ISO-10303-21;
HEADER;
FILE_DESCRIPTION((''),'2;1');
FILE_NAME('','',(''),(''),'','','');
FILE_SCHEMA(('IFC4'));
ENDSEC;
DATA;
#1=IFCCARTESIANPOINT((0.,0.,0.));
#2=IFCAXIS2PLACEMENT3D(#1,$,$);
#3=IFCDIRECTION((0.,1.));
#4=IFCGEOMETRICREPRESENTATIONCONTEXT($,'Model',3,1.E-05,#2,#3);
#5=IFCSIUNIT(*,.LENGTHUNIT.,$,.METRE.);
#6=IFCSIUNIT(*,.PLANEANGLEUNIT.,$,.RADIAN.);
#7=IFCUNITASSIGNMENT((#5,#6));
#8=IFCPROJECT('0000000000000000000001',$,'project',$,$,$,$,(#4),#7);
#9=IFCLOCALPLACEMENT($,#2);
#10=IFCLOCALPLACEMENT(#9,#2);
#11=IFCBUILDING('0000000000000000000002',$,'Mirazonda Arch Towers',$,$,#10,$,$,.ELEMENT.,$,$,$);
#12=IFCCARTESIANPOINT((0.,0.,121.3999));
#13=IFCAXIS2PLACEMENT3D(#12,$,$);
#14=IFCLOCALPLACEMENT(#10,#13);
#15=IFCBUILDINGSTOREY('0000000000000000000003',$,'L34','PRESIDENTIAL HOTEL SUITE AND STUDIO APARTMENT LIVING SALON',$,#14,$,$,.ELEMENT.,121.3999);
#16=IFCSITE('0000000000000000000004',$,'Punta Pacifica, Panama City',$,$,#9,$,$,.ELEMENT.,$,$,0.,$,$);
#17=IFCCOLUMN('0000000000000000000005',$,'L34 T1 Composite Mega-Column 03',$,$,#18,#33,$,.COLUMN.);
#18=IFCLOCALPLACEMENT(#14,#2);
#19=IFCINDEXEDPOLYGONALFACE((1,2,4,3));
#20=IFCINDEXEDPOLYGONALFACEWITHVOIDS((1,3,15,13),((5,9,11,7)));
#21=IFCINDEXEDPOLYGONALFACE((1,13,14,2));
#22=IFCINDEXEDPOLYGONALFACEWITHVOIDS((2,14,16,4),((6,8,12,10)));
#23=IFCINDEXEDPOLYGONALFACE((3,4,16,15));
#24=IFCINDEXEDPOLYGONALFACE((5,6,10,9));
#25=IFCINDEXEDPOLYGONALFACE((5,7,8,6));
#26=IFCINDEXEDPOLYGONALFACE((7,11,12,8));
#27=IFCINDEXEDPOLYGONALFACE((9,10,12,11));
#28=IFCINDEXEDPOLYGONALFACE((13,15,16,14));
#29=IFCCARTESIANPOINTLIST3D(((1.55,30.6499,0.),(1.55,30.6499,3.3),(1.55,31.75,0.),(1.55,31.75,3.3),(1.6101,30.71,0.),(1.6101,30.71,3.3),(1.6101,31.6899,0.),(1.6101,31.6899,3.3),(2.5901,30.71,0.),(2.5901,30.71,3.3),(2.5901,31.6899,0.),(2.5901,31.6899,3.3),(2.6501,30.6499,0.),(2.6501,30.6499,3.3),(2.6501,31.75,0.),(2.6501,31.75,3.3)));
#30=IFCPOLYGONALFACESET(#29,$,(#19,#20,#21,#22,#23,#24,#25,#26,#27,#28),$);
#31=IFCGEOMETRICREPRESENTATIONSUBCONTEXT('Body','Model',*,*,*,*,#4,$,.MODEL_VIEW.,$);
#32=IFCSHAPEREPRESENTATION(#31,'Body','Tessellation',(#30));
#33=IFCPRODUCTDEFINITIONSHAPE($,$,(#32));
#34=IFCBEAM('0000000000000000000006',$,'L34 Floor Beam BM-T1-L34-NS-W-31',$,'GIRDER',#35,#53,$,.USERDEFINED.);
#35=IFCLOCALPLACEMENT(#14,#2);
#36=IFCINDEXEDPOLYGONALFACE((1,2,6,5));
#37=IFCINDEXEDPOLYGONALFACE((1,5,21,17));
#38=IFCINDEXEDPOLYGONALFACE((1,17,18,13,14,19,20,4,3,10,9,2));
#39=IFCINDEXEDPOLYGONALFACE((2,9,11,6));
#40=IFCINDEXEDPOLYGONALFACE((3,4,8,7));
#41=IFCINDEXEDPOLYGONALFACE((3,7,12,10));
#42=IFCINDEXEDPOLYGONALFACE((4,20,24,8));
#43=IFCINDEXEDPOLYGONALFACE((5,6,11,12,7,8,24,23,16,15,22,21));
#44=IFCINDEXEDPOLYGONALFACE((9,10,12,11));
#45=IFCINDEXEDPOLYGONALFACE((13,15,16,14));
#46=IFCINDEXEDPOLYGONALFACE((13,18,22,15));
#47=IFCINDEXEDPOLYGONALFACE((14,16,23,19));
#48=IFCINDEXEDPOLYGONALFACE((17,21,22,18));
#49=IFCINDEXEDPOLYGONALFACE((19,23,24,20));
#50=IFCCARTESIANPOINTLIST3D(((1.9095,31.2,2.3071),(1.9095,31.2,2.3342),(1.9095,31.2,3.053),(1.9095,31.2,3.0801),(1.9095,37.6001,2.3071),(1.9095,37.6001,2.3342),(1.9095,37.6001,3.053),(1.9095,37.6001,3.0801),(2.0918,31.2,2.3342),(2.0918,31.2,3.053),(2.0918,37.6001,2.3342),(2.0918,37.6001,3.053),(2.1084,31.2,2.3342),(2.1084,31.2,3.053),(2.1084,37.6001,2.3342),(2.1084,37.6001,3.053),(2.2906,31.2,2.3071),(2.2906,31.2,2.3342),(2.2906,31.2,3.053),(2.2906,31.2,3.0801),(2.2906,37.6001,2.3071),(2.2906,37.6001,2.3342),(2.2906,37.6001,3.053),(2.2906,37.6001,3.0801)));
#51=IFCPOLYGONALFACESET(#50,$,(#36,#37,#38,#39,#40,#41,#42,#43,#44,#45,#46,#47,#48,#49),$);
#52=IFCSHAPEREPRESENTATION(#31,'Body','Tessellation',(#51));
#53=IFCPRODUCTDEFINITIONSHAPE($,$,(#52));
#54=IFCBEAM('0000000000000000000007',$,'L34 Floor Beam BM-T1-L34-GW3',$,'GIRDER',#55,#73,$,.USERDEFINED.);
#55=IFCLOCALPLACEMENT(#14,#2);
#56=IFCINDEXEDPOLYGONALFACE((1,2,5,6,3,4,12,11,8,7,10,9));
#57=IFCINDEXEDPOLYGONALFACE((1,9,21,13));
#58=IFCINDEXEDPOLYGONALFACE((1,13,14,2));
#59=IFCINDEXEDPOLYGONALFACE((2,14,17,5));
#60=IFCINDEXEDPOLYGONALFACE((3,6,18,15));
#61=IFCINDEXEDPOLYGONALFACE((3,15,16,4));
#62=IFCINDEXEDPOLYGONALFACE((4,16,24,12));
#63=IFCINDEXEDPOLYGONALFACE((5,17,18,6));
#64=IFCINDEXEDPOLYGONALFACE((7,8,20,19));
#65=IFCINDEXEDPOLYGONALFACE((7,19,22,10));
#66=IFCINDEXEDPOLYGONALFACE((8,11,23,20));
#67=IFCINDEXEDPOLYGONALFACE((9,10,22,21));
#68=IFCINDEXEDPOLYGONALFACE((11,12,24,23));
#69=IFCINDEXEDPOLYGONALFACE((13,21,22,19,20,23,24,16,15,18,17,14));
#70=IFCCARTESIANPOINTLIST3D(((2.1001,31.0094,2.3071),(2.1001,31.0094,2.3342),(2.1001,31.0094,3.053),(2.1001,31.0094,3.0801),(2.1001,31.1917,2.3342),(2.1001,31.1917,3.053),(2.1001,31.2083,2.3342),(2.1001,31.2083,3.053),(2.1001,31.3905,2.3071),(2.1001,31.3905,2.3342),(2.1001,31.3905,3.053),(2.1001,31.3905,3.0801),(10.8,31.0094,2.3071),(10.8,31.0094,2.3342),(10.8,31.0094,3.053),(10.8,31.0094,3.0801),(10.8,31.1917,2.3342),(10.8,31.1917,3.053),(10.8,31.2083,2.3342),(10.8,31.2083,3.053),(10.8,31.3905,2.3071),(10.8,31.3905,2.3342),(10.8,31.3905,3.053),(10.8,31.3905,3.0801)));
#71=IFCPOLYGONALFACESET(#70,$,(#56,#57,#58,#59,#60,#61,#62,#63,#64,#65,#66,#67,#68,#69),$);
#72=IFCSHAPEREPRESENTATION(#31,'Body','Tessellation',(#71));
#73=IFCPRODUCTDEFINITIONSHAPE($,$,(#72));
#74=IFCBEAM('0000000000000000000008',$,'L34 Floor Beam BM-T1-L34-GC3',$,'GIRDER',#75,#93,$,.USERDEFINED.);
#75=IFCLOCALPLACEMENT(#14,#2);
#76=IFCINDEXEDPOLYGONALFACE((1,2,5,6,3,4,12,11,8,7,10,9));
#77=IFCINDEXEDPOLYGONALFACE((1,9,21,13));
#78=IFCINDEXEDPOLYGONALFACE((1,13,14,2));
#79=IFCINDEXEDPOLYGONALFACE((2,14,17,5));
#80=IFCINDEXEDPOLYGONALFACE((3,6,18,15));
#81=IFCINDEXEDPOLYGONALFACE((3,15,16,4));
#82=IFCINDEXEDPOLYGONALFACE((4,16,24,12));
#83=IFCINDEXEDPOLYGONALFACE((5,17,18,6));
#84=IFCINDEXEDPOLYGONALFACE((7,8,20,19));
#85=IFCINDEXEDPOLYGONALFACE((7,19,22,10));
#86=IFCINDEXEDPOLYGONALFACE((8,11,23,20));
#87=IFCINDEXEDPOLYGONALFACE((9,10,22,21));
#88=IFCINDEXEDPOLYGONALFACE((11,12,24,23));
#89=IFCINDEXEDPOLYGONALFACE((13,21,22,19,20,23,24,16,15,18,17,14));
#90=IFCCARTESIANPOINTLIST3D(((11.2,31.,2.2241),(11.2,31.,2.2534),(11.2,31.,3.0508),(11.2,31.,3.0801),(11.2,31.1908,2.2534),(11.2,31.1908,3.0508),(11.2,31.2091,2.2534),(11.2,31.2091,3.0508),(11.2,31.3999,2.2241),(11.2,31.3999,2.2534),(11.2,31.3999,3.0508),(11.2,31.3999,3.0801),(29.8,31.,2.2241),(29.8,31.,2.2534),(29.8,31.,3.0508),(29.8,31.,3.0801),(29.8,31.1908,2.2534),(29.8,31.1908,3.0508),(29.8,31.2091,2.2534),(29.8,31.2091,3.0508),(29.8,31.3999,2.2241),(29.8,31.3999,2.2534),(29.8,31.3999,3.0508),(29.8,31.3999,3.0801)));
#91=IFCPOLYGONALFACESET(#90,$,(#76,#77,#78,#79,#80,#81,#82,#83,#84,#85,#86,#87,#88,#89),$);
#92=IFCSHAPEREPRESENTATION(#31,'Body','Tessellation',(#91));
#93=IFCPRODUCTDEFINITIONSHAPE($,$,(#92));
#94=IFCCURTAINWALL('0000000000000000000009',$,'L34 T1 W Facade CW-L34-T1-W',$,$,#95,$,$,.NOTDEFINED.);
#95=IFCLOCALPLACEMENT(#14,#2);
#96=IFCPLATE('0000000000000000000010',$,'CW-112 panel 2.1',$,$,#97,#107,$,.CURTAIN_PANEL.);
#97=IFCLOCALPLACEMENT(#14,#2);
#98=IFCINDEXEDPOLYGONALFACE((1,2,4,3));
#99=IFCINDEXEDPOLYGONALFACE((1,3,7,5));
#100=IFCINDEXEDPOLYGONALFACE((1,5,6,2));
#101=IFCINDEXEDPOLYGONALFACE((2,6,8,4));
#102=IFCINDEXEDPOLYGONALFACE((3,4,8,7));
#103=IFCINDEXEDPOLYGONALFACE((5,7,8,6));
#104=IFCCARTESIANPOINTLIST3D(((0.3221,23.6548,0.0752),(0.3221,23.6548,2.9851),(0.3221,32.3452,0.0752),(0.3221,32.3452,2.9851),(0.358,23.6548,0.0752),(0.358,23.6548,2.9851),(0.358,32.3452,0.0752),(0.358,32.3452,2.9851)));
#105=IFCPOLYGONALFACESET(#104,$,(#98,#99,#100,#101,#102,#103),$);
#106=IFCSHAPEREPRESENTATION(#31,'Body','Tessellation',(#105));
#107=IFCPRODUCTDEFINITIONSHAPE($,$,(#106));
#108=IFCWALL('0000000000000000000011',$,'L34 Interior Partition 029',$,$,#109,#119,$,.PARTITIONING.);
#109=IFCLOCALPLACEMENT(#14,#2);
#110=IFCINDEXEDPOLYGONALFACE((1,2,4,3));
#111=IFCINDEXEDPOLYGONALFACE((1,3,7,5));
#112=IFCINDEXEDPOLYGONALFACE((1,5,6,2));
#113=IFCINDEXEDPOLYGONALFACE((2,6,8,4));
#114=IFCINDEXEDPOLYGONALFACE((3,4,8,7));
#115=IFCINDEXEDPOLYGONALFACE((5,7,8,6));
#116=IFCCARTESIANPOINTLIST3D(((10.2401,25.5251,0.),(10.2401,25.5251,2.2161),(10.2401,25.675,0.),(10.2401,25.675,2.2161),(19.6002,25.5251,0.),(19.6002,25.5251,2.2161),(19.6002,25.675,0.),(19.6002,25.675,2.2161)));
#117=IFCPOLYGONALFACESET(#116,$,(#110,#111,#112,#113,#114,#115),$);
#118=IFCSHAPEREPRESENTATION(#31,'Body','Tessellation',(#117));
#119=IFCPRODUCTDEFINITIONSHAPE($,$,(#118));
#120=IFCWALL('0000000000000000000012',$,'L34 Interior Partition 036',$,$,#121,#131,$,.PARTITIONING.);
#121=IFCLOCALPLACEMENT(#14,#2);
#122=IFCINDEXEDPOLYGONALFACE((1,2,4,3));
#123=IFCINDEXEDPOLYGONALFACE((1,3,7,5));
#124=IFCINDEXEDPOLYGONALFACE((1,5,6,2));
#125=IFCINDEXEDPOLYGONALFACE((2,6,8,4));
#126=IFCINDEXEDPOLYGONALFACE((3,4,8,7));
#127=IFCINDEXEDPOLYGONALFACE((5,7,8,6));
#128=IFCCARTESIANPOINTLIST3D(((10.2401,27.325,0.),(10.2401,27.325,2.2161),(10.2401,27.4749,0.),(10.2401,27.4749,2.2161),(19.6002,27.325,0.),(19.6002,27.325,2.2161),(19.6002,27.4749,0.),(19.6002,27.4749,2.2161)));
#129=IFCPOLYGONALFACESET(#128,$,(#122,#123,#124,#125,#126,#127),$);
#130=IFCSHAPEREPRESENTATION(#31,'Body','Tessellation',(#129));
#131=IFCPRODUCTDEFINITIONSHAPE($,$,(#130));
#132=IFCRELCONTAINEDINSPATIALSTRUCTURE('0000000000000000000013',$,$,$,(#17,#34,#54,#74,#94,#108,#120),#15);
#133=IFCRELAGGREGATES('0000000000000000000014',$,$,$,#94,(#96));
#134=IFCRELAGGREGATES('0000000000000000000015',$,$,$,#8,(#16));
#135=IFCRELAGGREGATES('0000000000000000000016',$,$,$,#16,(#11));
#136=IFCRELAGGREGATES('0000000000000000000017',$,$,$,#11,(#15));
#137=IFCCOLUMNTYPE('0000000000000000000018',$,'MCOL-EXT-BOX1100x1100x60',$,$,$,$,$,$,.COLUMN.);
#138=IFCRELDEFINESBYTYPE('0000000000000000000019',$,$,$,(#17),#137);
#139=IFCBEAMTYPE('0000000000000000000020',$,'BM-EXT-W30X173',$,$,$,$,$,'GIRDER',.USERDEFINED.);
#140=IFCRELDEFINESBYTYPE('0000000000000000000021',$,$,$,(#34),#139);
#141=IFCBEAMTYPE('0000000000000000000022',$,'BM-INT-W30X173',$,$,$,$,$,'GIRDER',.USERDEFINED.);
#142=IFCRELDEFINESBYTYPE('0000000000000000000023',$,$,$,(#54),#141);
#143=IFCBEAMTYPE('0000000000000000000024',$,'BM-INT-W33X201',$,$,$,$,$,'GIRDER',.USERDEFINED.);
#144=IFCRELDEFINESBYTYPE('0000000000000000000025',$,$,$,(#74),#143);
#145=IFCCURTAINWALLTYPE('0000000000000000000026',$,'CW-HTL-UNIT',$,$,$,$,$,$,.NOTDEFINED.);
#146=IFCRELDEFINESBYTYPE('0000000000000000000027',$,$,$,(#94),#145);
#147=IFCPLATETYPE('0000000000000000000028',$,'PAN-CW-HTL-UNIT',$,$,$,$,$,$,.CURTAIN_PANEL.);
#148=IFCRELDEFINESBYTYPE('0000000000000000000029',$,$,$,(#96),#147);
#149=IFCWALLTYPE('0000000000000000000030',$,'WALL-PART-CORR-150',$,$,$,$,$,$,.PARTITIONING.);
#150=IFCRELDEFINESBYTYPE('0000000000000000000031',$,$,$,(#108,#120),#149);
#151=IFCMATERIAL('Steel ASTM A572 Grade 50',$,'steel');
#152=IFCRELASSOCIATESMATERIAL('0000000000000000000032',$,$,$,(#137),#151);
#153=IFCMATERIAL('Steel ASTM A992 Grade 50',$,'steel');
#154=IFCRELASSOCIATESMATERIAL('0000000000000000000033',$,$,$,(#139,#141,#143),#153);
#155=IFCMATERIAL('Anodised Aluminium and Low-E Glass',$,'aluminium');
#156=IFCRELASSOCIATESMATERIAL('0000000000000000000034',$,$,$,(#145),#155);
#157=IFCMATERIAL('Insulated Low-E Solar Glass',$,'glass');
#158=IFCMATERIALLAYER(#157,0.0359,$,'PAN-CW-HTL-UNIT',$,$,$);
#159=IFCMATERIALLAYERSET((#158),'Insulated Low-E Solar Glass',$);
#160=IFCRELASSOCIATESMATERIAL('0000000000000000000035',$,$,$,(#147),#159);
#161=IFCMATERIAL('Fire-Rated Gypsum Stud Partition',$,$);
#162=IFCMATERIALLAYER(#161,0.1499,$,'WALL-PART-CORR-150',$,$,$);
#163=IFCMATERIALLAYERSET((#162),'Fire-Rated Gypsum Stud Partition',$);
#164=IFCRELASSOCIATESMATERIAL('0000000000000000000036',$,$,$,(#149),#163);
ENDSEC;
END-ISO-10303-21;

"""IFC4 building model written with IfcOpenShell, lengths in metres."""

from ifc_helpers import new_model, si_unit, direction, frame, frame_2d, origin, origin_2d, place, context, subcontext, project, spatial, rectangle, hollow_rectangle, i_section, extrude, material, layer, layer_set, material_profile, profile_set, type_object, element, aggregate, save


model = new_model("IFC4")

# Units and contexts
model_context = context("Model", 3, precision=1e-05, world=origin(), true_north=direction((0.0, 1.0)))
body_context = subcontext(model_context, "Body", "Model", "MODEL_VIEW")
ifc_project = project(units=[si_unit("LENGTHUNIT", "METRE"), si_unit("PLANEANGLEUNIT", "RADIAN")], contexts=[model_context])

# Site, building, storey
site_placement = place(None, origin())
site = spatial("IfcSite", under=ifc_project, at=site_placement, Name="Punta Pacifica, Panama City", CompositionType="ELEMENT", RefElevation=0.0)
building_placement = place(site_placement, origin())
building = spatial("IfcBuilding", under=site, at=building_placement, Name="Mirazonda Arch Towers", CompositionType="ELEMENT")
storey_placement = place(building_placement, frame((0.0, 0.0, 121.3999)))
storey = spatial("IfcBuildingStorey", under=building, at=storey_placement, Name="L34", Description="PRESIDENTIAL HOTEL SUITE AND STUDIO APARTMENT LIVING SALON", CompositionType="ELEMENT", Elevation=121.3999)

# Column
ifc_material_1 = material(Name="Steel ASTM A572 Grade 50", Category="steel")
ifc_material_profile_1 = material_profile(ifc_material_1, hollow_rectangle(XDim=1.1001, YDim=1.1001, WallThickness=0.0601, at=origin_2d()), Name="BOX1100x1100x60")
ifc_profile_set_1 = profile_set([ifc_material_profile_1], Name="Steel ASTM A572 Grade 50")
column_type = type_object("IfcColumnType", Name="MCOL-EXT-BOX1100x1100x60", PredefinedType="COLUMN", material=ifc_profile_set_1)
column_placement = place(storey_placement, frame((2.1001, 31.2, 0.0), z_axis=(0.0, 0.0, 1.0), x_axis=(1.0, 0.0, 0.0)))
element("IfcColumn", 1, at=column_placement, inside=storey, type_object=column_type, Name="L34 T1 Composite Mega-Column 03", PredefinedType="COLUMN", context=body_context, shape_type="SweptSolid", body=[
    extrude(hollow_rectangle(XDim=1.1001, YDim=1.1001, WallThickness=0.0601, at=origin_2d()), origin(), (0.0, 0.0, 1.0), 3.3),
])

# Beams
ifc_material_2 = material(Name="Steel ASTM A992 Grade 50", Category="steel")
ifc_material_profile_2 = material_profile(ifc_material_2, i_section(OverallWidth=0.3811, OverallDepth=0.7729, WebThickness=0.0166, FlangeThickness=0.0271, at=origin_2d()), Name="W30X173")
ifc_profile_set_2 = profile_set([ifc_material_profile_2], Name="Steel ASTM A992 Grade 50")
beam_type_1 = type_object("IfcBeamType", Name="BM-EXT-W30X173", ElementType="GIRDER", PredefinedType="USERDEFINED", material=ifc_profile_set_2)
beam_1_placement = place(storey_placement, frame((2.1001, 31.2, 2.6936), z_axis=(0.0, 1.0, 0.0), x_axis=(-1.0, 0.0, 0.0)))
element("IfcBeam", 2, at=beam_1_placement, inside=storey, type_object=beam_type_1, Name="L34 Floor Beam BM-T1-L34-NS-W-31", ObjectType="GIRDER", PredefinedType="USERDEFINED", context=body_context, shape_type="SweptSolid", body=[
    extrude(i_section(OverallWidth=0.3811, OverallDepth=0.7729, WebThickness=0.0166, FlangeThickness=0.0271, at=origin_2d()), origin(), (0.0, 0.0, 1.0), 6.4001),
])
ifc_material_profile_3 = material_profile(ifc_material_2, i_section(OverallWidth=0.3811, OverallDepth=0.7729, WebThickness=0.0166, FlangeThickness=0.0271, at=origin_2d()), Name="W30X173")
ifc_profile_set_3 = profile_set([ifc_material_profile_3], Name="Steel ASTM A992 Grade 50")
beam_type_2 = type_object("IfcBeamType", Name="BM-INT-W30X173", ElementType="GIRDER", PredefinedType="USERDEFINED", material=ifc_profile_set_3)
beam_2_placement = place(storey_placement, frame((2.1001, 31.2, 2.6936), z_axis=(1.0, 0.0, 0.0), x_axis=(0.0, 1.0, 0.0)))
element("IfcBeam", 3, at=beam_2_placement, inside=storey, type_object=beam_type_2, Name="L34 Floor Beam BM-T1-L34-GW3", ObjectType="GIRDER", PredefinedType="USERDEFINED", context=body_context, shape_type="SweptSolid", body=[
    extrude(i_section(OverallWidth=0.3811, OverallDepth=0.7729, WebThickness=0.0166, FlangeThickness=0.0271, at=origin_2d()), origin(), (0.0, 0.0, 1.0), 8.7),
])
ifc_material_profile_4 = material_profile(ifc_material_2, i_section(OverallWidth=0.3999, OverallDepth=0.856, WebThickness=0.0183, FlangeThickness=0.0293, at=origin_2d()), Name="W33X201")
ifc_profile_set_4 = profile_set([ifc_material_profile_4], Name="Steel ASTM A992 Grade 50")
beam_type_3 = type_object("IfcBeamType", Name="BM-INT-W33X201", ElementType="GIRDER", PredefinedType="USERDEFINED", material=ifc_profile_set_4)
beam_3_placement = place(storey_placement, frame((11.2, 31.2, 2.6521), z_axis=(1.0, 0.0, 0.0), x_axis=(0.0, 1.0, 0.0)))
element("IfcBeam", 4, at=beam_3_placement, inside=storey, type_object=beam_type_3, Name="L34 Floor Beam BM-T1-L34-GC3", ObjectType="GIRDER", PredefinedType="USERDEFINED", context=body_context, shape_type="SweptSolid", body=[
    extrude(i_section(OverallWidth=0.3999, OverallDepth=0.856, WebThickness=0.0183, FlangeThickness=0.0293, at=origin_2d()), origin(), (0.0, 0.0, 1.0), 18.6001),
])

# Curtain wall, plate
ifc_material_3 = material(Name="Anodised Aluminium and Low-E Glass", Category="aluminium")
curtain_wall_type = type_object("IfcCurtainWallType", Name="CW-HTL-UNIT", PredefinedType="NOTDEFINED", material=ifc_material_3)
curtain_wall_placement = place(storey_placement, origin())
curtain_wall = element("IfcCurtainWall", 5, at=curtain_wall_placement, inside=storey, type_object=curtain_wall_type, Name="L34 T1 W Facade CW-L34-T1-W", PredefinedType="NOTDEFINED")
ifc_material_4 = material(Name="Insulated Low-E Solar Glass", Category="glass")
ifc_layer_1 = layer(ifc_material_4, 0.0359, Name="PAN-CW-HTL-UNIT")
ifc_layer_set_1 = layer_set([ifc_layer_1], Name="Insulated Low-E Solar Glass")
plate_type = type_object("IfcPlateType", Name="PAN-CW-HTL-UNIT", PredefinedType="CURTAIN_PANEL", material=ifc_layer_set_1)
plate_placement = place(storey_placement, frame((0.3401, 28.0, 0.0752), z_axis=(0.0, 0.0, 1.0), x_axis=(0.0, -1.0, 0.0)))
plate = element("IfcPlate", 6, at=plate_placement, type_object=plate_type, Name="CW-112 panel 2.1", PredefinedType="CURTAIN_PANEL", context=body_context, shape_type="SweptSolid", body=[
    extrude(rectangle(XDim=8.6904, YDim=0.0359, at=origin_2d()), origin(), (0.0, 0.0, 1.0), 2.9099),
])
aggregate(curtain_wall, [plate])

# Walls
ifc_material_5 = material(Name="Fire-Rated Gypsum Stud Partition")
ifc_layer_2 = layer(ifc_material_5, 0.1499, Name="WALL-PART-CORR-150")
ifc_layer_set_2 = layer_set([ifc_layer_2], Name="Fire-Rated Gypsum Stud Partition")
wall_type_1 = type_object("IfcWallType", Name="WALL-PART-CORR-150", PredefinedType="PARTITIONING", material=ifc_layer_set_2)
for number, where, z_axis, x_axis, name in (
    (7, (10.24, 25.6001, 0.0), (0.0, 0.0, 1.0), (1.0, 0.0, 0.0), "L34 Interior Partition 029"),
    (8, (10.24, 27.3999, 0.0), (0.0, 0.0, 1.0), (1.0, 0.0, 0.0), "L34 Interior Partition 036"),
):
    element("IfcWall", number, at=place(storey_placement, frame(where, z_axis=z_axis, x_axis=x_axis)), inside=storey, type_object=wall_type_1, Name=name, PredefinedType="PARTITIONING", context=body_context, shape_type="SweptSolid", body=[
        extrude(rectangle(XDim=9.3601, YDim=0.1499, at=frame_2d((4.6802, 0.0))), origin(), (0.0, 0.0, 1.0), 2.2161),
    ])

save(model, "model.ifc")
